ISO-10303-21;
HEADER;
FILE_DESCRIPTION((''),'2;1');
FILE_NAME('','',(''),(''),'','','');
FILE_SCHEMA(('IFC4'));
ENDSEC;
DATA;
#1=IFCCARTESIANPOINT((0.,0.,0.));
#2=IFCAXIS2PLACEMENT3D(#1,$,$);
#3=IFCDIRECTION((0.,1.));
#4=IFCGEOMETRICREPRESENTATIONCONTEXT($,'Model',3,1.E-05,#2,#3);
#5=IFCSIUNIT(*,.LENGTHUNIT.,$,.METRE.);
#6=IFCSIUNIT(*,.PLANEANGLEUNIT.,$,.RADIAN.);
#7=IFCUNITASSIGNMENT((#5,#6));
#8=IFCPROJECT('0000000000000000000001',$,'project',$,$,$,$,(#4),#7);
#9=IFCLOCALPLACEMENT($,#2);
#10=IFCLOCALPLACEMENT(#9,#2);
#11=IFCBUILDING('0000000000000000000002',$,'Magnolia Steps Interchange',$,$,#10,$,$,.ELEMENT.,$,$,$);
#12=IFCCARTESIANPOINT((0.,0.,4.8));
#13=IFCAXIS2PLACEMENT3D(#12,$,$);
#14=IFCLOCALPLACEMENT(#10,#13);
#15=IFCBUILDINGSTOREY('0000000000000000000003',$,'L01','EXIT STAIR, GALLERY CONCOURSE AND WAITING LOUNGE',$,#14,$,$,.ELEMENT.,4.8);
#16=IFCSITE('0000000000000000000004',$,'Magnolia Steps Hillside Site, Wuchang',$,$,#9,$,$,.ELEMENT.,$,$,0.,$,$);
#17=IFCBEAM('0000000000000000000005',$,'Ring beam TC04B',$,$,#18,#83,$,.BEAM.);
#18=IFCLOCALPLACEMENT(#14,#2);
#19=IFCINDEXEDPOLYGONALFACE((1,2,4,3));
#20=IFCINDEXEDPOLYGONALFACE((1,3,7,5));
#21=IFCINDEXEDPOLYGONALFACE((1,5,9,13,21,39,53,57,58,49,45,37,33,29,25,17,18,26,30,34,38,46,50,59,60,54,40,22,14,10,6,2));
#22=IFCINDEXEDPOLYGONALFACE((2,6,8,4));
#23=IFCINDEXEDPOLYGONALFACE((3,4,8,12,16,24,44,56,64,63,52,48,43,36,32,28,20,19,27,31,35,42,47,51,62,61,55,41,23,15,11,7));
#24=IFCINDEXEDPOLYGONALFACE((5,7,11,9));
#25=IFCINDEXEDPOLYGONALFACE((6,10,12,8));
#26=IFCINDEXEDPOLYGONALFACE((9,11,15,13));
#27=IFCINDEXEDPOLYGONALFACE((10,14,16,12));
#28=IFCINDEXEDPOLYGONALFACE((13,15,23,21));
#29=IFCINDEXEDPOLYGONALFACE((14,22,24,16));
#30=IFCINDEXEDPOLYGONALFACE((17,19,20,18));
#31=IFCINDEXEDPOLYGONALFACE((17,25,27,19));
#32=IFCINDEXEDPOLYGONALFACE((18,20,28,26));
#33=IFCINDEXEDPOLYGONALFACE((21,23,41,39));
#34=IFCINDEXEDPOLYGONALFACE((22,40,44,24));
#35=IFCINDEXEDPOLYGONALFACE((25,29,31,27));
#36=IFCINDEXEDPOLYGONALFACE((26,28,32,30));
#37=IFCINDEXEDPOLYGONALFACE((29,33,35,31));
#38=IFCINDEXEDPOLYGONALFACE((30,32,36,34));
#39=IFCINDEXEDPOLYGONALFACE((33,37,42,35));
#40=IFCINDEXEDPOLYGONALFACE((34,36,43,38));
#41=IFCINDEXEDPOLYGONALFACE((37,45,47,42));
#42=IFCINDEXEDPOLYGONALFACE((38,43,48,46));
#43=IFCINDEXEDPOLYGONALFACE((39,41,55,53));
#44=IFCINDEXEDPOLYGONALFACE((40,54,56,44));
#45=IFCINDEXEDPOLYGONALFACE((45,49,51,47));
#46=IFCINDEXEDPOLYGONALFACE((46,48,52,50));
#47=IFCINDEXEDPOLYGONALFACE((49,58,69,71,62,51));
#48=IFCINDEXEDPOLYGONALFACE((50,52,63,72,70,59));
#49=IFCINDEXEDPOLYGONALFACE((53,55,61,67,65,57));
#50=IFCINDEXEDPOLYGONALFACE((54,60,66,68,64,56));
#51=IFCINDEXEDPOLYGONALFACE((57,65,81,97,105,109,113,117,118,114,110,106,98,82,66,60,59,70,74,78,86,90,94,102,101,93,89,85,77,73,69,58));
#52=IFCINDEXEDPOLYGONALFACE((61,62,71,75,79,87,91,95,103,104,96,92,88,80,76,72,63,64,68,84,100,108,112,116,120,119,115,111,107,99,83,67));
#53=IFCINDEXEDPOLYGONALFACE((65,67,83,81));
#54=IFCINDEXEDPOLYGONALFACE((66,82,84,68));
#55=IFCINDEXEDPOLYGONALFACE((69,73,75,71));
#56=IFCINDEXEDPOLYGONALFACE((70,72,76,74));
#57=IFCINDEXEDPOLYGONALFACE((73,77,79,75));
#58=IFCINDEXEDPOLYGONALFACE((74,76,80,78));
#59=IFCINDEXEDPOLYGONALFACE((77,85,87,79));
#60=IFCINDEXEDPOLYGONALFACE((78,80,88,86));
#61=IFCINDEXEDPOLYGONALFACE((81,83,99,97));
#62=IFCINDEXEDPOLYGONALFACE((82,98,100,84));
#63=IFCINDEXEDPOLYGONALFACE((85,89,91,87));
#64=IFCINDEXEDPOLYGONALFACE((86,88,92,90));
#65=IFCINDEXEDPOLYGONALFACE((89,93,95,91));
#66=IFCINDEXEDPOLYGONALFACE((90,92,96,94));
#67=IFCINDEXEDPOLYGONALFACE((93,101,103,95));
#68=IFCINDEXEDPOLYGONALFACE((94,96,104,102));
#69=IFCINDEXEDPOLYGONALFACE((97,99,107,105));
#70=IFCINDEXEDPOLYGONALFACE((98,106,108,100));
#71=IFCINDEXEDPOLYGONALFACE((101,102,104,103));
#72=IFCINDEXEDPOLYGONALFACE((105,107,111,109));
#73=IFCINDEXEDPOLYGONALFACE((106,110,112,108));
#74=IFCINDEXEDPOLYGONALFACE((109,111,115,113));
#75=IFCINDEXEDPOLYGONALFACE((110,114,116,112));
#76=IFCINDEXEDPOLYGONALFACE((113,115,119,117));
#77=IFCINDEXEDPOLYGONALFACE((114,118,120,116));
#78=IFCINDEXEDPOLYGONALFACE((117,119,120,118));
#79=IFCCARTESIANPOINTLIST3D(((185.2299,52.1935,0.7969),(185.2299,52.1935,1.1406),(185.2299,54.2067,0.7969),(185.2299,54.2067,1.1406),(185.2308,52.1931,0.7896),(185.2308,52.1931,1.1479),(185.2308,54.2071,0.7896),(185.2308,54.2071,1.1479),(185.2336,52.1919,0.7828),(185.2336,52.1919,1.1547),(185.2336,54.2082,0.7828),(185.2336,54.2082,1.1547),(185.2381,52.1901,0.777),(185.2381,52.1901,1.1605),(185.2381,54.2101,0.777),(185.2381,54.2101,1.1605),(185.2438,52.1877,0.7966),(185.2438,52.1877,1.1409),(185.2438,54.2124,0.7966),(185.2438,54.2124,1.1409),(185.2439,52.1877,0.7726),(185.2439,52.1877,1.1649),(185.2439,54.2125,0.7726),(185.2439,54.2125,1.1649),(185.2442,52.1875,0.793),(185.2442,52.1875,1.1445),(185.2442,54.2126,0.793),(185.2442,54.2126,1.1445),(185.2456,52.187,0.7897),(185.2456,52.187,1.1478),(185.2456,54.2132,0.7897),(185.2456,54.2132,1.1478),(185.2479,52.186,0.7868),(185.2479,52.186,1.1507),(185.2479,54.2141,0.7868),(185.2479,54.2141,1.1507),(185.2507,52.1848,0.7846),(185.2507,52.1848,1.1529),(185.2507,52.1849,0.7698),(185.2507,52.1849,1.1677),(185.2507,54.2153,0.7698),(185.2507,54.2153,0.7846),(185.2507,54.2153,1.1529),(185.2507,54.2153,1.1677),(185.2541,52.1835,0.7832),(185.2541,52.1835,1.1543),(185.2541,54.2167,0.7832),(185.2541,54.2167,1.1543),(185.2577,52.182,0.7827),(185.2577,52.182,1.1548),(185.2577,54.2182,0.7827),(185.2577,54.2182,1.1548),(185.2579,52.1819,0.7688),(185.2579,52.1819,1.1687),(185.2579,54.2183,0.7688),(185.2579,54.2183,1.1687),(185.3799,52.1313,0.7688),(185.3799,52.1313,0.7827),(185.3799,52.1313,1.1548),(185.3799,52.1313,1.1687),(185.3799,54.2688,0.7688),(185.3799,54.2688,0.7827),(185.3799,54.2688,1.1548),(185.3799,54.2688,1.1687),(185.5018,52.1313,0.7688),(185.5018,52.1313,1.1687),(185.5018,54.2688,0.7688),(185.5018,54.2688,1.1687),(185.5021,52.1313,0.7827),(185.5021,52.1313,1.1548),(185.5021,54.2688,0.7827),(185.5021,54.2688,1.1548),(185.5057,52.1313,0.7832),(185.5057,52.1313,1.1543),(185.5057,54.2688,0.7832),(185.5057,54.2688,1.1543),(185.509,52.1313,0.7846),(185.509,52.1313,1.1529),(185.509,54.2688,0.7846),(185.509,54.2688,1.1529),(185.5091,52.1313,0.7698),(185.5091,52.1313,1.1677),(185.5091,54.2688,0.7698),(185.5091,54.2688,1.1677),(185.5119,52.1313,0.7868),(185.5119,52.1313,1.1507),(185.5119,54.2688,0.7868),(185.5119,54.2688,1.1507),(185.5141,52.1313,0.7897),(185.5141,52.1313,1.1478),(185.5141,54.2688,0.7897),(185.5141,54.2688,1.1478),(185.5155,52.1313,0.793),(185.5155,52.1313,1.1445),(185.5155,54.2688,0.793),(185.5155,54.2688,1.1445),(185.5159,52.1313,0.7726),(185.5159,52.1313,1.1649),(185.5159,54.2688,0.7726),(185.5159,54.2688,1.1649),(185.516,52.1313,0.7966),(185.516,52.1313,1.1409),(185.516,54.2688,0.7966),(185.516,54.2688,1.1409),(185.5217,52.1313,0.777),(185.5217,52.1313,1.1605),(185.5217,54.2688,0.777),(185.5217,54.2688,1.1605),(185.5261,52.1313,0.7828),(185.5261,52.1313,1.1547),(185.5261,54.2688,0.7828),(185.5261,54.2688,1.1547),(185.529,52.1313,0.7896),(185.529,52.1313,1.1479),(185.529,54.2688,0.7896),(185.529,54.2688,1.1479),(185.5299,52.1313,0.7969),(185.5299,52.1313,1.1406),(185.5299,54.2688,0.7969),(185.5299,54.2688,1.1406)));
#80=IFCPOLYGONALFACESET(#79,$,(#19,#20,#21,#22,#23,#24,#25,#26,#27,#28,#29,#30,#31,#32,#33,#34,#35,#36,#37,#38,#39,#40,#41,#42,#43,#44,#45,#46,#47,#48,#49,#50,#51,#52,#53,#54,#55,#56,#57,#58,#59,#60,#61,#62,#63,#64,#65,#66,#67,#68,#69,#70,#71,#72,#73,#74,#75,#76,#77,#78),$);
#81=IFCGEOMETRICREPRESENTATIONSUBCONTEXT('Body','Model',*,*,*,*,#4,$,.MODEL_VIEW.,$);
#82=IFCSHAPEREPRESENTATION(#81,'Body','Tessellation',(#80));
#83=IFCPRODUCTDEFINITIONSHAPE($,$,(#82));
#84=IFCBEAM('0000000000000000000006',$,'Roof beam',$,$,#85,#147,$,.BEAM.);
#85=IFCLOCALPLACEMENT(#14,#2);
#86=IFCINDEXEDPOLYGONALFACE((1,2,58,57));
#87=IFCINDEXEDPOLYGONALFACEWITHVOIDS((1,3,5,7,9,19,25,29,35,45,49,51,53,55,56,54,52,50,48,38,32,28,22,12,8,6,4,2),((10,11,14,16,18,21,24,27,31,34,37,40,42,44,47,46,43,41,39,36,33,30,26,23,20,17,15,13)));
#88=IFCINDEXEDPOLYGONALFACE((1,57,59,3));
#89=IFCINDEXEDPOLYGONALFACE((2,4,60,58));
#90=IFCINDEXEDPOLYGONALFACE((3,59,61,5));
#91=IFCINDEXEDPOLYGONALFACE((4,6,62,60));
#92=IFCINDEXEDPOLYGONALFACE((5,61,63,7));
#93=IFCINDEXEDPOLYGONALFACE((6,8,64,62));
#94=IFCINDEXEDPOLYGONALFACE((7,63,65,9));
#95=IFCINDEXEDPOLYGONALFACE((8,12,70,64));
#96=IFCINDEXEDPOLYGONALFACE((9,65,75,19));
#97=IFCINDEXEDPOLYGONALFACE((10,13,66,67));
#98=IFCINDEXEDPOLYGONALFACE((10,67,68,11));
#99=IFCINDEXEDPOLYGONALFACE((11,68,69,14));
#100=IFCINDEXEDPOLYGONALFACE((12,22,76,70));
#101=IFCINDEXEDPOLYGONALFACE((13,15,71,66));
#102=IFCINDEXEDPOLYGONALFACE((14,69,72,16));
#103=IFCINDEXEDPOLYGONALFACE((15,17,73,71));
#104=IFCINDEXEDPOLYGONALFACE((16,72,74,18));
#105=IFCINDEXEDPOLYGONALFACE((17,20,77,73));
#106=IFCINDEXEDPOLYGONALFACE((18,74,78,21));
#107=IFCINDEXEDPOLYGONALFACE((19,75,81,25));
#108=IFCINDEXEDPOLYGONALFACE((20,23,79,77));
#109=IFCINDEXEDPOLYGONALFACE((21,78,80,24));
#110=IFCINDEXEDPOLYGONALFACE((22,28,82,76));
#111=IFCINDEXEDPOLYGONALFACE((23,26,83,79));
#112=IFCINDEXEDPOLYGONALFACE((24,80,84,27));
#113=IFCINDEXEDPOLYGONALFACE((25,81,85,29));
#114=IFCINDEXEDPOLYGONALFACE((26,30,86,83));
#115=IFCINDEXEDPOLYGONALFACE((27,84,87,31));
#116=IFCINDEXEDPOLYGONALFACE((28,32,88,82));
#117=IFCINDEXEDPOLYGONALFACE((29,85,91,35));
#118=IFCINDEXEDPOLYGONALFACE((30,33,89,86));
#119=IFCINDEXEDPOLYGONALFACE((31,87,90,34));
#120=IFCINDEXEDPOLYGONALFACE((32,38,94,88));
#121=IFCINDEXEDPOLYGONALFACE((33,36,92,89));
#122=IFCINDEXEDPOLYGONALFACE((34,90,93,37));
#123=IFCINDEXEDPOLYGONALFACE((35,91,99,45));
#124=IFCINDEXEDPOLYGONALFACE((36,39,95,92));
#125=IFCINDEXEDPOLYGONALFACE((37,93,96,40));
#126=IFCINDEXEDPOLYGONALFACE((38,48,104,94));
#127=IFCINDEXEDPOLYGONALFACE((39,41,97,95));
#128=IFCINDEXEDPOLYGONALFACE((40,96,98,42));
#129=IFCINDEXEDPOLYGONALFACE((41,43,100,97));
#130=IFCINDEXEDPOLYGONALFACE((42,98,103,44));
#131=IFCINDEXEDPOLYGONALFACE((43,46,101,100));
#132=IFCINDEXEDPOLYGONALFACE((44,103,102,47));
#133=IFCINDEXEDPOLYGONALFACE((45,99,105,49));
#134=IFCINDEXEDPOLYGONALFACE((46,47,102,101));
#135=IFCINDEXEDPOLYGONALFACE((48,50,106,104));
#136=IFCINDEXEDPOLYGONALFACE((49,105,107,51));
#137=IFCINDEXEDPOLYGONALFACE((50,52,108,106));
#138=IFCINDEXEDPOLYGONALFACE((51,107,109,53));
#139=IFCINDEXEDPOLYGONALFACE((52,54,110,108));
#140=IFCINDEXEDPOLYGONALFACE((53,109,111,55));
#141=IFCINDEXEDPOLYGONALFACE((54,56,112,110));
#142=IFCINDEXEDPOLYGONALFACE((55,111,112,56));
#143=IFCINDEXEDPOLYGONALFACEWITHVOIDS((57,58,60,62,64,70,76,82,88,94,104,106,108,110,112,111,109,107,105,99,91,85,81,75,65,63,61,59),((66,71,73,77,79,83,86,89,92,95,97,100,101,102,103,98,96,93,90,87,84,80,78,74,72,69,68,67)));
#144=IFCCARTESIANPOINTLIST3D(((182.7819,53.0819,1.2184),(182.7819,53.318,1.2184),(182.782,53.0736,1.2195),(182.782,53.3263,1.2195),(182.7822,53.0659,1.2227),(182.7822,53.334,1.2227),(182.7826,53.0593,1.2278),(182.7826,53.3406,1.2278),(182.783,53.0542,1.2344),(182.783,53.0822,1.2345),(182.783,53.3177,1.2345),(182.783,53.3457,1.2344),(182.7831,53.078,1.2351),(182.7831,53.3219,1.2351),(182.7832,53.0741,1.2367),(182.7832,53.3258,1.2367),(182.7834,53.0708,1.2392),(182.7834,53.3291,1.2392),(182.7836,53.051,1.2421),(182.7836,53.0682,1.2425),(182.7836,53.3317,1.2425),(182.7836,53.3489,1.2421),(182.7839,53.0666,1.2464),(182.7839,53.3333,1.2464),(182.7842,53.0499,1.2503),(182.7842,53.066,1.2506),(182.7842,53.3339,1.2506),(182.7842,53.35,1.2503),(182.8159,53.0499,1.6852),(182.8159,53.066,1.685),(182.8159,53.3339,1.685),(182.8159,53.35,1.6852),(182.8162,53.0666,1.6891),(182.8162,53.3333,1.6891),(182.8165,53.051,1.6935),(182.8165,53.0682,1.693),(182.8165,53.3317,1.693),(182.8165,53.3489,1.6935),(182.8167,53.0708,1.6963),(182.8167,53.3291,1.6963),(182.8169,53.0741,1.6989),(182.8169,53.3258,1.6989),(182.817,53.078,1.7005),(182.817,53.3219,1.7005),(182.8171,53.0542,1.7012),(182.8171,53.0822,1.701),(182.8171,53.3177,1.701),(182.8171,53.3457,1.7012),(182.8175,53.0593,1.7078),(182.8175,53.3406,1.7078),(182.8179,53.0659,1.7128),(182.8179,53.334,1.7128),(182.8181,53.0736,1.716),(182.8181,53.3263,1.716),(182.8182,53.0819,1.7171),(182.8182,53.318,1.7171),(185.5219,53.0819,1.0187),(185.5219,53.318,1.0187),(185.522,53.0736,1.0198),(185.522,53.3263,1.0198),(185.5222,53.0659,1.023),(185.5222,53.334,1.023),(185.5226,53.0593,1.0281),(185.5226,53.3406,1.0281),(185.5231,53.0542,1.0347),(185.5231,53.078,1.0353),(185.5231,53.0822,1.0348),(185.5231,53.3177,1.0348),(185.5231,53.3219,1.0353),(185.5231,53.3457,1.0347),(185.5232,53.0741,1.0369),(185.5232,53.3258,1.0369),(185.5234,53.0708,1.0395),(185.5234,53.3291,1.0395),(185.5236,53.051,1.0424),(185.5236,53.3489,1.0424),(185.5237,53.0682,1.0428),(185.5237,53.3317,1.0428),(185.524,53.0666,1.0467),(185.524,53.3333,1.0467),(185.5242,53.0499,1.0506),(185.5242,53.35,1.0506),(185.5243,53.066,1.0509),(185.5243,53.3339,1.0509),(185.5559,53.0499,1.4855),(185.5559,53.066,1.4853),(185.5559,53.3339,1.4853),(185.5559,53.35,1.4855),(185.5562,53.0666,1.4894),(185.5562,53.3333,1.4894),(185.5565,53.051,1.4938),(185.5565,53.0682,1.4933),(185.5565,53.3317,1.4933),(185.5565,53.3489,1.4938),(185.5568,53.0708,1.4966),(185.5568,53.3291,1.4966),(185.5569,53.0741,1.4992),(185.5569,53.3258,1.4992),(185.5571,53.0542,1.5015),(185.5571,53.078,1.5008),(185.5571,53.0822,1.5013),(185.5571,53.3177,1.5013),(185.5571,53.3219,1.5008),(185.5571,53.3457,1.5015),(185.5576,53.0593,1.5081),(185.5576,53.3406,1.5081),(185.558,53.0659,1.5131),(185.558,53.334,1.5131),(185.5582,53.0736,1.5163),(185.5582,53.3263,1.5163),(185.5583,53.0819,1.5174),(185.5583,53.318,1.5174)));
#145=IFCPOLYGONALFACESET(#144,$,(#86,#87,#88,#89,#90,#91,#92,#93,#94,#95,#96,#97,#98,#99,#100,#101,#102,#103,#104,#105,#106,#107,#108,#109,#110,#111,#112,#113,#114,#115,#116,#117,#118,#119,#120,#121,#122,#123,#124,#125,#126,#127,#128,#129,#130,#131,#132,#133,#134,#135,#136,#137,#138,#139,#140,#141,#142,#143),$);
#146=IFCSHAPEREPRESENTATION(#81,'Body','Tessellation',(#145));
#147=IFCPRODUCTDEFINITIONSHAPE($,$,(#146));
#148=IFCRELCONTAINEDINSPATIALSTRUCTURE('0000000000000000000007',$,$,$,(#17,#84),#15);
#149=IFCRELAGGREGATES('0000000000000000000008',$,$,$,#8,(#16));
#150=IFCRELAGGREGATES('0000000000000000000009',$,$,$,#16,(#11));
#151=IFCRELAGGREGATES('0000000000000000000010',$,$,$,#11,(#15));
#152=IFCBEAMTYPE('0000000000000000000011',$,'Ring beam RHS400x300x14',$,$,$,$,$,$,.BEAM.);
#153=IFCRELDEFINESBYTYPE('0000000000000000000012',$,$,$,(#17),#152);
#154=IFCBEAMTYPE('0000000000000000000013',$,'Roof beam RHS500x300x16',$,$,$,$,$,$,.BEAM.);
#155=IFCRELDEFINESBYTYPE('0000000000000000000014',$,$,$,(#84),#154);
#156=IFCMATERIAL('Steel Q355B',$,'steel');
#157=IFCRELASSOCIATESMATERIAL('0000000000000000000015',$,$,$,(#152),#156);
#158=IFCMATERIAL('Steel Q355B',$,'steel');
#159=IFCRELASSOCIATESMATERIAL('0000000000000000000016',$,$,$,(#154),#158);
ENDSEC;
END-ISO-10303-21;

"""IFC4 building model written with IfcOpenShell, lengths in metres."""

from ifc_helpers import new_model, si_unit, direction, frame, origin, origin_2d, place, context, subcontext, project, spatial, hollow_rectangle, extrude, clip, halfspace, material, material_profile, profile_set, type_object, element, save


model = new_model("IFC4")

# Units and contexts
model_context = context("Model", 3, precision=1e-05, world=origin(), true_north=direction((0.0, 1.0)))
body_context = subcontext(model_context, "Body", "Model", "MODEL_VIEW")
ifc_project = project(units=[si_unit("LENGTHUNIT", "METRE"), si_unit("PLANEANGLEUNIT", "RADIAN")], contexts=[model_context])

# Site, building, storey
site_placement = place(None, origin())
site = spatial("IfcSite", under=ifc_project, at=site_placement, Name="Magnolia Steps Hillside Site, Wuchang", CompositionType="ELEMENT", RefElevation=0.0)
building_placement = place(site_placement, origin())
building = spatial("IfcBuilding", under=site, at=building_placement, Name="Magnolia Steps Interchange", CompositionType="ELEMENT")
storey_placement = place(building_placement, frame((0.0, 0.0, 4.8)))
storey = spatial("IfcBuildingStorey", under=building, at=storey_placement, Name="L01", Description="EXIT STAIR, GALLERY CONCOURSE AND WAITING LOUNGE", CompositionType="ELEMENT", Elevation=4.8)

# Beams
ifc_material_1 = material(Name="Steel Q355B", Category="steel")
ifc_material_profile_1 = material_profile(ifc_material_1, hollow_rectangle(XDim=0.3, YDim=0.3999, WallThickness=0.0139, InnerFilletRadius=0.0139, OuterFilletRadius=0.0281, at=origin_2d()), Name="RHS400x300x14")
ifc_profile_set_1 = profile_set([ifc_material_profile_1], Name="Steel Q355B")
beam_type_1 = type_object("IfcBeamType", Name="Ring beam RHS400x300x14", PredefinedType="BEAM", material=ifc_profile_set_1)
beam_1_placement = place(storey_placement, frame((185.3799, 52.1313, 0.9688), z_axis=(0.0, 1.0, 0.0), x_axis=(-1.0, 0.0, 0.0)))
element("IfcBeam", 1, at=beam_1_placement, inside=storey, type_object=beam_type_1, Name="Ring beam TC04B", PredefinedType="BEAM", context=body_context, shape_type="Clipping", body=[
    clip(clip(extrude(hollow_rectangle(XDim=0.3, YDim=0.3999, WallThickness=0.0139, InnerFilletRadius=0.0139, OuterFilletRadius=0.0281, at=origin_2d()), origin(), (0.0, 0.0, 1.0), 2.1375), halfspace(frame((0.0, 0.0, 0.0), z_axis=(0.382683, 0.0, -0.92388), x_axis=(0.92388, 0.0, 0.382683)), False)), halfspace(frame((0.0, 0.0, 2.1375), z_axis=(0.382683, 0.0, 0.92388), x_axis=(0.92388, 0.0, -0.382683)), False)),
])
ifc_material_2 = material(Name="Steel Q355B", Category="steel")
ifc_material_profile_2 = material_profile(ifc_material_2, hollow_rectangle(XDim=0.3, YDim=0.5, WallThickness=0.0161, InnerFilletRadius=0.0161, OuterFilletRadius=0.032, at=origin_2d()), Name="RHS500x300x16")
ifc_profile_set_2 = profile_set([ifc_material_profile_2], Name="Steel Q355B")
beam_type_2 = type_object("IfcBeamType", Name="Roof beam RHS500x300x16", PredefinedType="BEAM", material=ifc_profile_set_2)
beam_2_placement = place(storey_placement, frame((182.8, 53.2, 1.4678), z_axis=(0.997354, 0.0, -0.072693), x_axis=(0.0, 1.0, 0.0)))
element("IfcBeam", 2, at=beam_2_placement, inside=storey, type_object=beam_type_2, Name="Roof beam", PredefinedType="BEAM", context=body_context, shape_type="SweptSolid", body=[
    extrude(hollow_rectangle(XDim=0.3, YDim=0.5, WallThickness=0.0161, InnerFilletRadius=0.0161, OuterFilletRadius=0.032, at=origin_2d()), origin(), (0.0, 0.0, 1.0), 2.7473),
])

save(model, "model.ifc")
